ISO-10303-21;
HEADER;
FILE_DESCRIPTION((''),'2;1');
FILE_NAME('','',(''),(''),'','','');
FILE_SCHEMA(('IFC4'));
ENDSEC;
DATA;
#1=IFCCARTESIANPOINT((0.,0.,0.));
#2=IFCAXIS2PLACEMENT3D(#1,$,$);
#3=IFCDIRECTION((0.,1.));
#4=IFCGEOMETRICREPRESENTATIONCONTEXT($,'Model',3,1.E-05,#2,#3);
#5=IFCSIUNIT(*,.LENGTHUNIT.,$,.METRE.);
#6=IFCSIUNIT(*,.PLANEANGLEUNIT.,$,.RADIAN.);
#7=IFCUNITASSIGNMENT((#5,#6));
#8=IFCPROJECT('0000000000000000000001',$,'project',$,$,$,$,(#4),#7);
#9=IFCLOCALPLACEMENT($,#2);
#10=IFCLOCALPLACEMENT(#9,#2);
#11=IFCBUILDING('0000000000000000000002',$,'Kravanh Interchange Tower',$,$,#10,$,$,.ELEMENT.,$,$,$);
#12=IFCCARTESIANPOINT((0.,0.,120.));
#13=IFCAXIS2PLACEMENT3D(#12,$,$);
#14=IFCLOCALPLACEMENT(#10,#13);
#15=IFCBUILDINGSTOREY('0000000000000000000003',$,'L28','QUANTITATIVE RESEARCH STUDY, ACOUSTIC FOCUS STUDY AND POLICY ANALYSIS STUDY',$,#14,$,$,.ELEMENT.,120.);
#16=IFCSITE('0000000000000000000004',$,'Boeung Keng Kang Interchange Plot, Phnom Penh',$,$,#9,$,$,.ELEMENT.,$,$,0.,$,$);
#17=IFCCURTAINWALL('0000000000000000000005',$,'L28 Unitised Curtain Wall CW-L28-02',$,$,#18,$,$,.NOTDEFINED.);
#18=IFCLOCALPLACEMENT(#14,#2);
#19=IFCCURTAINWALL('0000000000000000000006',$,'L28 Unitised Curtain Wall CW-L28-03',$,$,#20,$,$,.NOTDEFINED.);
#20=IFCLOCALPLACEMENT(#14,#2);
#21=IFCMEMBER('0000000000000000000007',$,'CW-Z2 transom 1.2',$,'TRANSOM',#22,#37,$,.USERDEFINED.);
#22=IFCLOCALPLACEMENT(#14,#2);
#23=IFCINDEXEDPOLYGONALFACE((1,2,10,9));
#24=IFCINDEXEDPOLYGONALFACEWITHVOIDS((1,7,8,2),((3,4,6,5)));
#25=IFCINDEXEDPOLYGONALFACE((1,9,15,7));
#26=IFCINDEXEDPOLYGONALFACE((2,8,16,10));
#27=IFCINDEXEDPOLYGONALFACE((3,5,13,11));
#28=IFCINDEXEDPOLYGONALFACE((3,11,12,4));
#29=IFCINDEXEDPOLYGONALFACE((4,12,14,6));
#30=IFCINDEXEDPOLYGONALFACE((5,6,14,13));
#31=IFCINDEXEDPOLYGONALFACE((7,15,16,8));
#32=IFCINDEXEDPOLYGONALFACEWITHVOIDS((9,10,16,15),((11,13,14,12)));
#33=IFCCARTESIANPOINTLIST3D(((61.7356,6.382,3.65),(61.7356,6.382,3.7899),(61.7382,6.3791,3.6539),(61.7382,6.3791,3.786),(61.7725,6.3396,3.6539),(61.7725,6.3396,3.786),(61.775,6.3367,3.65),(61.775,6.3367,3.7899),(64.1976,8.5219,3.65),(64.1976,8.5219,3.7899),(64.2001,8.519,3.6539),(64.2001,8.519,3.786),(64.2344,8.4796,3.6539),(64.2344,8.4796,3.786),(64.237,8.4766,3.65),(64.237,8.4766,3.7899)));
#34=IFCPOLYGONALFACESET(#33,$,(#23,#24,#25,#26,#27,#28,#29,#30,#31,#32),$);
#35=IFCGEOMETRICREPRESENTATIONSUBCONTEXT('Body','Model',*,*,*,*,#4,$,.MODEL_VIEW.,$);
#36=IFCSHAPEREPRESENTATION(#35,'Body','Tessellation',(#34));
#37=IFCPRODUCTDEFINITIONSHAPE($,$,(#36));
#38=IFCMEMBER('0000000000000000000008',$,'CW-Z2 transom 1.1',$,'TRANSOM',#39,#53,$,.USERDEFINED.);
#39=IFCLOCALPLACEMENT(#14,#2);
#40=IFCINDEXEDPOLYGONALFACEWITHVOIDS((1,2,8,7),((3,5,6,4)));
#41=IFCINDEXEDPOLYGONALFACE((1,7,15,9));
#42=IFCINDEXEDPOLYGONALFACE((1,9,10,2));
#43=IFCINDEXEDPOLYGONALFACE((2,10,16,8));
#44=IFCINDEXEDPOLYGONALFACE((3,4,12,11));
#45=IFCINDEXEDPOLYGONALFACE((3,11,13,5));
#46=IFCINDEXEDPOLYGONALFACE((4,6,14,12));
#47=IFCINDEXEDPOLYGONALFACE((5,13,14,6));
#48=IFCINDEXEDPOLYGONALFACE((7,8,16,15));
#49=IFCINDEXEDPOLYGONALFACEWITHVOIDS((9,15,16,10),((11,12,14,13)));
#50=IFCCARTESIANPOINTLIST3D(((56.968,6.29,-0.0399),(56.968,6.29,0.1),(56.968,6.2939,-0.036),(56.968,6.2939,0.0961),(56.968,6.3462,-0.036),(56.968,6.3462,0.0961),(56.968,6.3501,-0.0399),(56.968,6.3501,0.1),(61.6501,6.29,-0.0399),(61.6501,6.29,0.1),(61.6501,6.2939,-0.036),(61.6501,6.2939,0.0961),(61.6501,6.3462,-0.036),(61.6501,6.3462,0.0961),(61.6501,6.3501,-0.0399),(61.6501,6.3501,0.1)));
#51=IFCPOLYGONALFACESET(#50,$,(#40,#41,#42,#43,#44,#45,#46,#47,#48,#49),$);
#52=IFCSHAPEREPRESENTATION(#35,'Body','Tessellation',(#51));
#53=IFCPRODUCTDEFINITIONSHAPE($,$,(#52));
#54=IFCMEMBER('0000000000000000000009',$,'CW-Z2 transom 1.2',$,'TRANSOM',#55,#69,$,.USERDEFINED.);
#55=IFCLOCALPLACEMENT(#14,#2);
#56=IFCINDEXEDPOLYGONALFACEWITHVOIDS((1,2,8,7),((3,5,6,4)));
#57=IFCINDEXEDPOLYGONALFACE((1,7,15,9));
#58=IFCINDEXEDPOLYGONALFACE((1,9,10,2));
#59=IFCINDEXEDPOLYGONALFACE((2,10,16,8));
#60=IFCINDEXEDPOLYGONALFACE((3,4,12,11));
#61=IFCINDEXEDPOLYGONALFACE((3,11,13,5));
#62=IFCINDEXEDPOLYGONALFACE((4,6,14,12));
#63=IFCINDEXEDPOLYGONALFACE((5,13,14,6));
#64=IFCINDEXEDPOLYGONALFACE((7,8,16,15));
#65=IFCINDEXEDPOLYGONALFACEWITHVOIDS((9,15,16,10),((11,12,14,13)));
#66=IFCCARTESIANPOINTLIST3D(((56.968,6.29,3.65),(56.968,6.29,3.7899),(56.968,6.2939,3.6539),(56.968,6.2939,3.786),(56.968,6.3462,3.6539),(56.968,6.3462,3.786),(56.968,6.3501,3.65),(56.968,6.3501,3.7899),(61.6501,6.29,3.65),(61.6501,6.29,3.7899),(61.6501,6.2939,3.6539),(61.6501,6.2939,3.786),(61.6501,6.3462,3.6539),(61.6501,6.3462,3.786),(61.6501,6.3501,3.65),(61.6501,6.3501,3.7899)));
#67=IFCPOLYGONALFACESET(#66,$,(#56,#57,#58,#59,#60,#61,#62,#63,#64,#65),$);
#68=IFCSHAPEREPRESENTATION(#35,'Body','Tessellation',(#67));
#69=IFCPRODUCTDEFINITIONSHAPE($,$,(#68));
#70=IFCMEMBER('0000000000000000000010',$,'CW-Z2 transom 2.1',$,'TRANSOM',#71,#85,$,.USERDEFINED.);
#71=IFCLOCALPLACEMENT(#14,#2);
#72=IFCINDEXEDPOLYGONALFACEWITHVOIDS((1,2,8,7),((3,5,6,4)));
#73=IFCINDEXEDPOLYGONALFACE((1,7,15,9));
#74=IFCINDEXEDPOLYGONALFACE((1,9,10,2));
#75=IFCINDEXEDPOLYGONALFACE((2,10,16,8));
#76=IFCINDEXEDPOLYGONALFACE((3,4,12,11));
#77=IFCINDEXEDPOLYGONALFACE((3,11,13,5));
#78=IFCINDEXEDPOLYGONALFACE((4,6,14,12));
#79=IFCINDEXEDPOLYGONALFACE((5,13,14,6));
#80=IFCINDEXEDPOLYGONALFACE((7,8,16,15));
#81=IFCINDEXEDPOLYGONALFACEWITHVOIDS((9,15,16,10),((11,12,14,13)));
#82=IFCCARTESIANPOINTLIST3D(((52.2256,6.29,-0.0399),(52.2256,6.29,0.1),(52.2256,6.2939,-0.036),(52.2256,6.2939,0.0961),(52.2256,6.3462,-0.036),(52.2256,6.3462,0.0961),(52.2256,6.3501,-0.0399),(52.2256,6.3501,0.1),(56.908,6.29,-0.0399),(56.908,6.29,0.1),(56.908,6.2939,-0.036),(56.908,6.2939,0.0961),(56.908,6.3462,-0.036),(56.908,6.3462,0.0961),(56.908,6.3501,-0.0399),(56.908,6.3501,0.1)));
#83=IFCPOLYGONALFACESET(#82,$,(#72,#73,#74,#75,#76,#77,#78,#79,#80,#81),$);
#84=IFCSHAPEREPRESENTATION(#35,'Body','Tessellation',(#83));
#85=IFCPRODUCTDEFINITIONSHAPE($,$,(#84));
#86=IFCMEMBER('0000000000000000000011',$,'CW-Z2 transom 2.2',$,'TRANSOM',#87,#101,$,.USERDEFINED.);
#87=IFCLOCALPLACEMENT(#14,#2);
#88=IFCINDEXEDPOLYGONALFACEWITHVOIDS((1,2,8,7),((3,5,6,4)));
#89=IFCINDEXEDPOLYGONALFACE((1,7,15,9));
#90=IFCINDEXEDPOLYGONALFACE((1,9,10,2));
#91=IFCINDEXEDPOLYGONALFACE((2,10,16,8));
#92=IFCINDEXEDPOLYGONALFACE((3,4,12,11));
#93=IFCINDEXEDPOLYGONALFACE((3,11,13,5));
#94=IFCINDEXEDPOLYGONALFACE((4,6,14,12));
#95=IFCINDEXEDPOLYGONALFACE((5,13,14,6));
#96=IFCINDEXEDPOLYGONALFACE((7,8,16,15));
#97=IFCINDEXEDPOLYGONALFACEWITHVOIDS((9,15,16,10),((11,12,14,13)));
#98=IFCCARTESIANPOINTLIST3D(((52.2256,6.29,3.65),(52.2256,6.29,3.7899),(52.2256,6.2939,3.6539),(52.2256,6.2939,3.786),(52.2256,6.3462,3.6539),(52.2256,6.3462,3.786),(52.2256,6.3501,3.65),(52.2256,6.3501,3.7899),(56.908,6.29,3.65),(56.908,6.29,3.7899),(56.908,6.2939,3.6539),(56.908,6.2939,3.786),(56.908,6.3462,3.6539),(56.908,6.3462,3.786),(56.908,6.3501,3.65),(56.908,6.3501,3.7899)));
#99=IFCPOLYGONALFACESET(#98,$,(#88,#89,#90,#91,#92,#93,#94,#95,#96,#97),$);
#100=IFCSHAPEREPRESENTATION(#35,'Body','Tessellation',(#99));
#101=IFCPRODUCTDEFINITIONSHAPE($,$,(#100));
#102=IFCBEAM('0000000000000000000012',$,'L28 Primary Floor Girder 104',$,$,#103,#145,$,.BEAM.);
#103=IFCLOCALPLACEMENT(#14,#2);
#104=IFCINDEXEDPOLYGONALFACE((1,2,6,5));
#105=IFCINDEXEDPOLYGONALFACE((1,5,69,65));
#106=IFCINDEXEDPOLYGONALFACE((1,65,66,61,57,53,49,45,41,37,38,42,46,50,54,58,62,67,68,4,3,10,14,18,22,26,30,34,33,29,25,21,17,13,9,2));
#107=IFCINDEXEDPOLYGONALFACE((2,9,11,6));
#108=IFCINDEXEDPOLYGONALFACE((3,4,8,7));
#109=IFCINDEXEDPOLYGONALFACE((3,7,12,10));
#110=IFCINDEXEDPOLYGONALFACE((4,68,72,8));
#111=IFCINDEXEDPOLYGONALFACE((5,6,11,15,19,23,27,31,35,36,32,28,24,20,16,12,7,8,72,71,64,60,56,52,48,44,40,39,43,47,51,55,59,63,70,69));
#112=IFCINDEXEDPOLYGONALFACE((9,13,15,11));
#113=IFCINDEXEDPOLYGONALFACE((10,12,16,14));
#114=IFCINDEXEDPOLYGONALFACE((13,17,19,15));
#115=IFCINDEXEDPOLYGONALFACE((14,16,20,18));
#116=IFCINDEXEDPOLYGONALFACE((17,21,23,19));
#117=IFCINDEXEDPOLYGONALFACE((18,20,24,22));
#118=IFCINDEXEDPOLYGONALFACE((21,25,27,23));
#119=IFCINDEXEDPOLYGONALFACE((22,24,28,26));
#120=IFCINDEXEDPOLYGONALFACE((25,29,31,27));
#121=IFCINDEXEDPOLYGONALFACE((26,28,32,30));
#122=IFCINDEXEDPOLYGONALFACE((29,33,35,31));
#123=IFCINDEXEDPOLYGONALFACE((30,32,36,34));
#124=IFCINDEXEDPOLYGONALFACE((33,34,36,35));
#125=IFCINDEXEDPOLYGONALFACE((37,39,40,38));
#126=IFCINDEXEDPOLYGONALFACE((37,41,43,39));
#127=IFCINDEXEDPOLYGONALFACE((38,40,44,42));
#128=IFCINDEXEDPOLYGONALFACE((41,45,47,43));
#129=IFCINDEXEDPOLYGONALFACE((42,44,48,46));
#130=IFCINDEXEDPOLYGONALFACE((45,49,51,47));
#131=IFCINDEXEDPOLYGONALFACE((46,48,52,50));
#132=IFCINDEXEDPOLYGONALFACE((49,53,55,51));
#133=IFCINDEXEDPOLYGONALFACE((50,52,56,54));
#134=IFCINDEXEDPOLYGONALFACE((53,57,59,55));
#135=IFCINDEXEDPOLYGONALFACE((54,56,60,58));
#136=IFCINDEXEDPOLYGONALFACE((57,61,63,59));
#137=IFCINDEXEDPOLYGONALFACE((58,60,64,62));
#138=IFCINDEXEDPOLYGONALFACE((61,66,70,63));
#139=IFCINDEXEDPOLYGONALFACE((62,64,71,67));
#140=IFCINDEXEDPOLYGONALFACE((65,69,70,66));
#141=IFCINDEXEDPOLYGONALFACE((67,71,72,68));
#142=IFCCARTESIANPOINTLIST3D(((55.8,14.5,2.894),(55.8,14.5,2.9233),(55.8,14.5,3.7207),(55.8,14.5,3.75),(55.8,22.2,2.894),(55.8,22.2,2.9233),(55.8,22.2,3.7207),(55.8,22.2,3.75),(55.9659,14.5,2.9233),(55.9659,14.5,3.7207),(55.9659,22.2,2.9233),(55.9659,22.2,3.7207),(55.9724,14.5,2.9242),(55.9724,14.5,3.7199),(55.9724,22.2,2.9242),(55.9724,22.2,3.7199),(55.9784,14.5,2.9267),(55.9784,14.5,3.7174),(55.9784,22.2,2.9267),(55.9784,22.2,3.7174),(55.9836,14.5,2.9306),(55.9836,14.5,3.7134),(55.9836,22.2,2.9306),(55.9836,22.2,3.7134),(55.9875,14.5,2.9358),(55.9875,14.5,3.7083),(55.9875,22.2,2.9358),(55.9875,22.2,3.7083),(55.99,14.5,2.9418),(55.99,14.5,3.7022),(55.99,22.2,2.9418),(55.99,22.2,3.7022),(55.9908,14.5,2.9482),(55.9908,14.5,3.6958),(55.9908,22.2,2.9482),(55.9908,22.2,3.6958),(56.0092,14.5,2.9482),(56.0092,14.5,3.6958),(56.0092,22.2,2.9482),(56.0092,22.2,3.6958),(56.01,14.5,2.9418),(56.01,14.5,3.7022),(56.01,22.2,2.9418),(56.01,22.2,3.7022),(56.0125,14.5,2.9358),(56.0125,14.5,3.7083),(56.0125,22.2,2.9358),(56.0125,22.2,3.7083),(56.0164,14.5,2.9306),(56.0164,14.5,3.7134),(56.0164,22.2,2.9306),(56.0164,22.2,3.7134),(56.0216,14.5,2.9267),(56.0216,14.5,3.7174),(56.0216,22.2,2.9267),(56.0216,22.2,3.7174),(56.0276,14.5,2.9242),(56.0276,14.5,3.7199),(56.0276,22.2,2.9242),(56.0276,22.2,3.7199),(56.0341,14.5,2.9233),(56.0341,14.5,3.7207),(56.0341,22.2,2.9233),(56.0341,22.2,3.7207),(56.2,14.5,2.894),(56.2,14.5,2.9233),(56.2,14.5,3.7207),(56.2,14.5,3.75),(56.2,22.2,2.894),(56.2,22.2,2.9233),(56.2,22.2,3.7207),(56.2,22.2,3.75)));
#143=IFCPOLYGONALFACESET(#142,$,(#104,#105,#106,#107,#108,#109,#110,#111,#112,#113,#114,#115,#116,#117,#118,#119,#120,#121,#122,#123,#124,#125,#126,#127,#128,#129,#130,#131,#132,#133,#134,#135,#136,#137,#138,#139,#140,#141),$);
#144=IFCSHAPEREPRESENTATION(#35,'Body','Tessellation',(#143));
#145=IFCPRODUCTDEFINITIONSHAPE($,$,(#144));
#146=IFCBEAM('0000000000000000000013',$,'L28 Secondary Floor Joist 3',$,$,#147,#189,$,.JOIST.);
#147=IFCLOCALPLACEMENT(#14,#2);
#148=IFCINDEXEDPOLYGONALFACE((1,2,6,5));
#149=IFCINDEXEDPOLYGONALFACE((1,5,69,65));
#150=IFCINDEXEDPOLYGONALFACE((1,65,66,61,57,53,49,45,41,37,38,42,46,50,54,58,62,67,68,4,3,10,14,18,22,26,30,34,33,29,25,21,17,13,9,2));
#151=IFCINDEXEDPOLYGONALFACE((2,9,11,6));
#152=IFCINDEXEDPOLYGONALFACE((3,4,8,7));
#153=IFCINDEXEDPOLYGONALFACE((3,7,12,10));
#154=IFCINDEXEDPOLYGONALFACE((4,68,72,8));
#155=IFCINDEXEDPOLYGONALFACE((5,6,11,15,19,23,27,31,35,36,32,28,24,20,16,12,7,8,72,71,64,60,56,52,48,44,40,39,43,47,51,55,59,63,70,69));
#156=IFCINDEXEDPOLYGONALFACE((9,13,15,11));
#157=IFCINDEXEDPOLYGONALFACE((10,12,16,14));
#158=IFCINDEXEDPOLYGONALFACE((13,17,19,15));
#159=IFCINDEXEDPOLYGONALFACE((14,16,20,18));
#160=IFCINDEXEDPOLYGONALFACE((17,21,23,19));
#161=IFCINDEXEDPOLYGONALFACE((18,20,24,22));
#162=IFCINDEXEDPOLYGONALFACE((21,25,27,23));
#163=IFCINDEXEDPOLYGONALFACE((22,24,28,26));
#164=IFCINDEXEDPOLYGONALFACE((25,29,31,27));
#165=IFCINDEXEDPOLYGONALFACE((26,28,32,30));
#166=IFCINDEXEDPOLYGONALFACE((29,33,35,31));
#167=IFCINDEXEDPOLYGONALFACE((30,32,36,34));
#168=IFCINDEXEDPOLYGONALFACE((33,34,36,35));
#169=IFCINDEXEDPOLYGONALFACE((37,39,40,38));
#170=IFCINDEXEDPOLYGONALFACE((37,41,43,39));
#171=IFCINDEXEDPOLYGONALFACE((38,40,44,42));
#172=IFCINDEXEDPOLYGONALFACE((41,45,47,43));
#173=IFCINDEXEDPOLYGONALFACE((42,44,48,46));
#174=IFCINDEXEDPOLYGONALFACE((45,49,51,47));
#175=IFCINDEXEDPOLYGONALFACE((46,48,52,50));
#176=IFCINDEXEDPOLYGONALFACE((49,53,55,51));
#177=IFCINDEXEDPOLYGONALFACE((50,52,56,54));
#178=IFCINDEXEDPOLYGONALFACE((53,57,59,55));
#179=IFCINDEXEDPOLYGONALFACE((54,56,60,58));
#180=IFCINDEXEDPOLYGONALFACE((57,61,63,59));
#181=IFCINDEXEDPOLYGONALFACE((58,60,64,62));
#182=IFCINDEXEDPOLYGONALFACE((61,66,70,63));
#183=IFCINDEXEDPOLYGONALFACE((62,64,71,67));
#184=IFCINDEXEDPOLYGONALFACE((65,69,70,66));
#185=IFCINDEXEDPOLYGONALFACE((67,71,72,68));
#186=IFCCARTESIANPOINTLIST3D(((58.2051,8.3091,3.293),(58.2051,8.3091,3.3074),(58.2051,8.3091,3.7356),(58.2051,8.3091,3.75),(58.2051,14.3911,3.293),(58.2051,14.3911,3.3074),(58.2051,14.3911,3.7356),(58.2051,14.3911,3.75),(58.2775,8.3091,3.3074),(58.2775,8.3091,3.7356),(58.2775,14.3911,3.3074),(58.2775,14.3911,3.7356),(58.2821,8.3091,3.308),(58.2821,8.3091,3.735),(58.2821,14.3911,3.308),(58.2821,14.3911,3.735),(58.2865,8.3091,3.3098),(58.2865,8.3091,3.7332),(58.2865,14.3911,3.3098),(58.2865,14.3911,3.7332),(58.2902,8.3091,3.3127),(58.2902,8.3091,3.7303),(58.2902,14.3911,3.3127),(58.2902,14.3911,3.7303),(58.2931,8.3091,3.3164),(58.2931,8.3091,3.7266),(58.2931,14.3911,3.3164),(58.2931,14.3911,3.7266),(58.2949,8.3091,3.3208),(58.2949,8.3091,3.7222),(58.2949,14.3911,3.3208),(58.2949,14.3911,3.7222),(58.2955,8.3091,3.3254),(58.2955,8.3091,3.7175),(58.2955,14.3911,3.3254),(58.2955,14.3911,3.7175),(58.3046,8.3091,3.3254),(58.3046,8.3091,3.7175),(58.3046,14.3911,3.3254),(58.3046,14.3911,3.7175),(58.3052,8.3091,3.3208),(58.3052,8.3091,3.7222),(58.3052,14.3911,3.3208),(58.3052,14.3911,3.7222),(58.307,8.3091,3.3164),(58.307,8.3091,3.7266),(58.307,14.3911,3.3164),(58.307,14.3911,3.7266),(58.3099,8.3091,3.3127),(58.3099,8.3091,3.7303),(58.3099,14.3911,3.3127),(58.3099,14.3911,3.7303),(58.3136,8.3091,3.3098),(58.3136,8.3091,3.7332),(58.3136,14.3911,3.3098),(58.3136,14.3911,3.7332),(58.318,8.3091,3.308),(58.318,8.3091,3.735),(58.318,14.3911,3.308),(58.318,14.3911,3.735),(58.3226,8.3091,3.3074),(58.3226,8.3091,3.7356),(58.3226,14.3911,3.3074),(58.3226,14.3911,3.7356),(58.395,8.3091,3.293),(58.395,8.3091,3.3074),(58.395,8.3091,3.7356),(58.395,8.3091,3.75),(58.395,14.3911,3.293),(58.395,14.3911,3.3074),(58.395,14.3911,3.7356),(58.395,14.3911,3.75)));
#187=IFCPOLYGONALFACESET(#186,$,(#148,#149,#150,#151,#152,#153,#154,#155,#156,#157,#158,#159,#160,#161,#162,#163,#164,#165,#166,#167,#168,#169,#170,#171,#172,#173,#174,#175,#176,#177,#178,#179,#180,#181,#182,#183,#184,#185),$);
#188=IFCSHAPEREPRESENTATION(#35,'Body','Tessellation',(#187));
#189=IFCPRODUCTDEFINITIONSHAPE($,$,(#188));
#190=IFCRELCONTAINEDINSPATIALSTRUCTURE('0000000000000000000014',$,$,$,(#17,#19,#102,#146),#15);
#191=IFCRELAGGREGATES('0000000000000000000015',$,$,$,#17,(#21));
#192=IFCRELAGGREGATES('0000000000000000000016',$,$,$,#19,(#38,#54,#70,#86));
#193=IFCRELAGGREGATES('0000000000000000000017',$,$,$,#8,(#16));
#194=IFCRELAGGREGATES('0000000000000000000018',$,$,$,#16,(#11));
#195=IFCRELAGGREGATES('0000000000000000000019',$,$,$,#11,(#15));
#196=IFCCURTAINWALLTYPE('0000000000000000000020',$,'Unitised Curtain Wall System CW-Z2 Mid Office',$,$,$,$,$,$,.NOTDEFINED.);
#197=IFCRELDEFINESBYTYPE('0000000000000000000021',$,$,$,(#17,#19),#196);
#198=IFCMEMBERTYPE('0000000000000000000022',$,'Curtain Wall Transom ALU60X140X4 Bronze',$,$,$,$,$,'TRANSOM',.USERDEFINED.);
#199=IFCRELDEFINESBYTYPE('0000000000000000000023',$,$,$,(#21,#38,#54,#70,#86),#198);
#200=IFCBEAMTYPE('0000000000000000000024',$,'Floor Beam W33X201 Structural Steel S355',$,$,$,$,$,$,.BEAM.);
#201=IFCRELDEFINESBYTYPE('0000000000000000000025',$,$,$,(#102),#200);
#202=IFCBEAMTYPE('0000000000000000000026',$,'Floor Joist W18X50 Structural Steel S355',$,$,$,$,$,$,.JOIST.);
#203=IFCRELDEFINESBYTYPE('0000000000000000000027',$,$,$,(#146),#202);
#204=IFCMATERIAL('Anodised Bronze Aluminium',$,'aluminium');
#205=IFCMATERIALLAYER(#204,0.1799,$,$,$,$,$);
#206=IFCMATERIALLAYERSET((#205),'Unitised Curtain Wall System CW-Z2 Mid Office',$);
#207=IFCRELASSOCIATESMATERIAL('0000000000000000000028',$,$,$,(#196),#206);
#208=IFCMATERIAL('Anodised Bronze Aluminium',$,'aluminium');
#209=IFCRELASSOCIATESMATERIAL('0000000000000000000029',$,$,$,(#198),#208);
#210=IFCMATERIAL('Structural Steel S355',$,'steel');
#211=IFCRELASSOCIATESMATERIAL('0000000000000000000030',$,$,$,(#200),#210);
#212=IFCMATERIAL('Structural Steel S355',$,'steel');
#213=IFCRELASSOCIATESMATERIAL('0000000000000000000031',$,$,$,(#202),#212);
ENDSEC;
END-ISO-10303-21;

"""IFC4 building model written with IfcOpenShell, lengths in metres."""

from ifc_helpers import new_model, si_unit, direction, frame, origin, origin_2d, place, context, subcontext, project, spatial, hollow_rectangle, i_section, extrude, material, layer, layer_set, material_profile, profile_set, type_object, element, aggregate, save


model = new_model("IFC4")

# Units and contexts
model_context = context("Model", 3, precision=1e-05, world=origin(), true_north=direction((0.0, 1.0)))
body_context = subcontext(model_context, "Body", "Model", "MODEL_VIEW")
ifc_project = project(units=[si_unit("LENGTHUNIT", "METRE"), si_unit("PLANEANGLEUNIT", "RADIAN")], contexts=[model_context])

# Site, building, storey
site_placement = place(None, origin())
site = spatial("IfcSite", under=ifc_project, at=site_placement, Name="Boeung Keng Kang Interchange Plot, Phnom Penh", CompositionType="ELEMENT", RefElevation=0.0)
building_placement = place(site_placement, origin())
building = spatial("IfcBuilding", under=site, at=building_placement, Name="Kravanh Interchange Tower", CompositionType="ELEMENT")
storey_placement = place(building_placement, frame((0.0, 0.0, 120.0)))
storey = spatial("IfcBuildingStorey", under=building, at=storey_placement, Name="L28", Description="QUANTITATIVE RESEARCH STUDY, ACOUSTIC FOCUS STUDY AND POLICY ANALYSIS STUDY", CompositionType="ELEMENT", Elevation=120.0)

# Curtain walls
ifc_material_1 = material(Name="Anodised Bronze Aluminium", Category="aluminium")
ifc_layer_1 = layer(ifc_material_1, 0.1799)
ifc_layer_set_1 = layer_set([ifc_layer_1], Name="Unitised Curtain Wall System CW-Z2 Mid Office")
curtain_wall_type = type_object("IfcCurtainWallType", Name="Unitised Curtain Wall System CW-Z2 Mid Office", PredefinedType="NOTDEFINED", material=ifc_layer_set_1)
curtain_wall_1_placement = place(storey_placement, origin())
curtain_wall_1 = element("IfcCurtainWall", 1, at=curtain_wall_1_placement, inside=storey, type_object=curtain_wall_type, Name="L28 Unitised Curtain Wall CW-L28-02", PredefinedType="NOTDEFINED")
curtain_wall_2_placement = place(storey_placement, origin())
curtain_wall_2 = element("IfcCurtainWall", 2, at=curtain_wall_2_placement, inside=storey, type_object=curtain_wall_type, Name="L28 Unitised Curtain Wall CW-L28-03", PredefinedType="NOTDEFINED")

# Members
ifc_material_2 = material(Name="Anodised Bronze Aluminium", Category="aluminium")
ifc_material_profile_1 = material_profile(ifc_material_2, hollow_rectangle(XDim=0.0601, YDim=0.1399, WallThickness=0.0039, at=origin_2d()), Name="ALU60X140X4")
ifc_profile_set_1 = profile_set([ifc_material_profile_1], Name="Anodised Bronze Aluminium")
member_type_1 = type_object("IfcMemberType", Name="Curtain Wall Transom ALU60X140X4 Bronze", ElementType="TRANSOM", PredefinedType="USERDEFINED", material=ifc_profile_set_1)
member_1_placement = place(storey_placement, frame((64.2173, 8.4993, 3.72), z_axis=(-0.754742, -0.656021, 0.0), x_axis=(0.656021, -0.754742, 0.0)))
member_1 = element("IfcMember", 3, at=member_1_placement, type_object=member_type_1, Name="CW-Z2 transom 1.2", ObjectType="TRANSOM", PredefinedType="USERDEFINED", context=body_context, shape_type="SweptSolid", body=[
    extrude(hollow_rectangle(XDim=0.0601, YDim=0.1399, WallThickness=0.0039, at=origin_2d()), origin(), (0.0, 0.0, 1.0), 3.262),
])
member_2_placement = place(storey_placement, frame((61.6501, 6.3201, 0.03), z_axis=(-1.0, 0.0, 0.0), x_axis=(0.0, -1.0, 0.0)))
member_2 = element("IfcMember", 4, at=member_2_placement, type_object=member_type_1, Name="CW-Z2 transom 1.1", ObjectType="TRANSOM", PredefinedType="USERDEFINED", context=body_context, shape_type="SweptSolid", body=[
    extrude(hollow_rectangle(XDim=0.0601, YDim=0.1399, WallThickness=0.0039, at=origin_2d()), origin(), (0.0, 0.0, 1.0), 4.6821),
])
member_3_placement = place(storey_placement, frame((61.6501, 6.3201, 3.72), z_axis=(-1.0, 0.0, 0.0), x_axis=(0.0, -1.0, 0.0)))
member_3 = element("IfcMember", 5, at=member_3_placement, type_object=member_type_1, Name="CW-Z2 transom 1.2", ObjectType="TRANSOM", PredefinedType="USERDEFINED", context=body_context, shape_type="SweptSolid", body=[
    extrude(hollow_rectangle(XDim=0.0601, YDim=0.1399, WallThickness=0.0039, at=origin_2d()), origin(), (0.0, 0.0, 1.0), 4.6821),
])
member_4_placement = place(storey_placement, frame((56.908, 6.3201, 0.03), z_axis=(-1.0, 0.0, 0.0), x_axis=(0.0, -1.0, 0.0)))
member_4 = element("IfcMember", 6, at=member_4_placement, type_object=member_type_1, Name="CW-Z2 transom 2.1", ObjectType="TRANSOM", PredefinedType="USERDEFINED", context=body_context, shape_type="SweptSolid", body=[
    extrude(hollow_rectangle(XDim=0.0601, YDim=0.1399, WallThickness=0.0039, at=origin_2d()), origin(), (0.0, 0.0, 1.0), 4.6824),
])
member_5_placement = place(storey_placement, frame((56.908, 6.3201, 3.72), z_axis=(-1.0, 0.0, 0.0), x_axis=(0.0, -1.0, 0.0)))
member_5 = element("IfcMember", 7, at=member_5_placement, type_object=member_type_1, Name="CW-Z2 transom 2.2", ObjectType="TRANSOM", PredefinedType="USERDEFINED", context=body_context, shape_type="SweptSolid", body=[
    extrude(hollow_rectangle(XDim=0.0601, YDim=0.1399, WallThickness=0.0039, at=origin_2d()), origin(), (0.0, 0.0, 1.0), 4.6824),
])

# Beams
ifc_material_3 = material(Name="Structural Steel S355", Category="steel")
ifc_material_profile_2 = material_profile(ifc_material_3, i_section(OverallWidth=0.3999, OverallDepth=0.856, WebThickness=0.0183, FlangeThickness=0.0293, FilletRadius=0.0249, at=origin_2d()), Name="W33X201")
ifc_profile_set_2 = profile_set([ifc_material_profile_2], Name="Structural Steel S355")
beam_type_1 = type_object("IfcBeamType", Name="Floor Beam W33X201 Structural Steel S355", PredefinedType="BEAM", material=ifc_profile_set_2)
beam_1_placement = place(storey_placement, frame((56.0, 14.5, 3.322), z_axis=(0.0, 1.0, 0.0), x_axis=(-1.0, 0.0, 0.0)))
element("IfcBeam", 8, at=beam_1_placement, inside=storey, type_object=beam_type_1, Name="L28 Primary Floor Girder 104", PredefinedType="BEAM", context=body_context, shape_type="SweptSolid", body=[
    extrude(i_section(OverallWidth=0.3999, OverallDepth=0.856, WebThickness=0.0183, FlangeThickness=0.0293, FilletRadius=0.0249, at=origin_2d()), origin(), (0.0, 0.0, 1.0), 7.7),
])
ifc_material_4 = material(Name="Structural Steel S355", Category="steel")
ifc_material_profile_3 = material_profile(ifc_material_4, i_section(OverallWidth=0.1899, OverallDepth=0.457, WebThickness=0.009, FlangeThickness=0.0144, FilletRadius=0.0181, at=origin_2d()), Name="W18X50")
ifc_profile_set_3 = profile_set([ifc_material_profile_3], Name="Structural Steel S355")
beam_type_2 = type_object("IfcBeamType", Name="Floor Joist W18X50 Structural Steel S355", PredefinedType="JOIST", material=ifc_profile_set_3)
for number, where, z_axis, x_axis, name in (
    (9, (58.3, 8.3091, 3.5215), (0.0, 1.0, 0.0), (-1.0, 0.0, 0.0), "L28 Secondary Floor Joist 3"),
):
    element("IfcBeam", number, at=place(storey_placement, frame(where, z_axis=z_axis, x_axis=x_axis)), inside=storey, type_object=beam_type_2, Name=name, PredefinedType="JOIST", context=body_context, shape_type="SweptSolid", body=[
        extrude(i_section(OverallWidth=0.1899, OverallDepth=0.457, WebThickness=0.009, FlangeThickness=0.0144, FilletRadius=0.0181, at=origin_2d()), origin(), (0.0, 0.0, 1.0), 6.082),
    ])

aggregate(curtain_wall_1, [member_1])
aggregate(curtain_wall_2, [member_2, member_3, member_4, member_5])

save(model, "model.ifc")
